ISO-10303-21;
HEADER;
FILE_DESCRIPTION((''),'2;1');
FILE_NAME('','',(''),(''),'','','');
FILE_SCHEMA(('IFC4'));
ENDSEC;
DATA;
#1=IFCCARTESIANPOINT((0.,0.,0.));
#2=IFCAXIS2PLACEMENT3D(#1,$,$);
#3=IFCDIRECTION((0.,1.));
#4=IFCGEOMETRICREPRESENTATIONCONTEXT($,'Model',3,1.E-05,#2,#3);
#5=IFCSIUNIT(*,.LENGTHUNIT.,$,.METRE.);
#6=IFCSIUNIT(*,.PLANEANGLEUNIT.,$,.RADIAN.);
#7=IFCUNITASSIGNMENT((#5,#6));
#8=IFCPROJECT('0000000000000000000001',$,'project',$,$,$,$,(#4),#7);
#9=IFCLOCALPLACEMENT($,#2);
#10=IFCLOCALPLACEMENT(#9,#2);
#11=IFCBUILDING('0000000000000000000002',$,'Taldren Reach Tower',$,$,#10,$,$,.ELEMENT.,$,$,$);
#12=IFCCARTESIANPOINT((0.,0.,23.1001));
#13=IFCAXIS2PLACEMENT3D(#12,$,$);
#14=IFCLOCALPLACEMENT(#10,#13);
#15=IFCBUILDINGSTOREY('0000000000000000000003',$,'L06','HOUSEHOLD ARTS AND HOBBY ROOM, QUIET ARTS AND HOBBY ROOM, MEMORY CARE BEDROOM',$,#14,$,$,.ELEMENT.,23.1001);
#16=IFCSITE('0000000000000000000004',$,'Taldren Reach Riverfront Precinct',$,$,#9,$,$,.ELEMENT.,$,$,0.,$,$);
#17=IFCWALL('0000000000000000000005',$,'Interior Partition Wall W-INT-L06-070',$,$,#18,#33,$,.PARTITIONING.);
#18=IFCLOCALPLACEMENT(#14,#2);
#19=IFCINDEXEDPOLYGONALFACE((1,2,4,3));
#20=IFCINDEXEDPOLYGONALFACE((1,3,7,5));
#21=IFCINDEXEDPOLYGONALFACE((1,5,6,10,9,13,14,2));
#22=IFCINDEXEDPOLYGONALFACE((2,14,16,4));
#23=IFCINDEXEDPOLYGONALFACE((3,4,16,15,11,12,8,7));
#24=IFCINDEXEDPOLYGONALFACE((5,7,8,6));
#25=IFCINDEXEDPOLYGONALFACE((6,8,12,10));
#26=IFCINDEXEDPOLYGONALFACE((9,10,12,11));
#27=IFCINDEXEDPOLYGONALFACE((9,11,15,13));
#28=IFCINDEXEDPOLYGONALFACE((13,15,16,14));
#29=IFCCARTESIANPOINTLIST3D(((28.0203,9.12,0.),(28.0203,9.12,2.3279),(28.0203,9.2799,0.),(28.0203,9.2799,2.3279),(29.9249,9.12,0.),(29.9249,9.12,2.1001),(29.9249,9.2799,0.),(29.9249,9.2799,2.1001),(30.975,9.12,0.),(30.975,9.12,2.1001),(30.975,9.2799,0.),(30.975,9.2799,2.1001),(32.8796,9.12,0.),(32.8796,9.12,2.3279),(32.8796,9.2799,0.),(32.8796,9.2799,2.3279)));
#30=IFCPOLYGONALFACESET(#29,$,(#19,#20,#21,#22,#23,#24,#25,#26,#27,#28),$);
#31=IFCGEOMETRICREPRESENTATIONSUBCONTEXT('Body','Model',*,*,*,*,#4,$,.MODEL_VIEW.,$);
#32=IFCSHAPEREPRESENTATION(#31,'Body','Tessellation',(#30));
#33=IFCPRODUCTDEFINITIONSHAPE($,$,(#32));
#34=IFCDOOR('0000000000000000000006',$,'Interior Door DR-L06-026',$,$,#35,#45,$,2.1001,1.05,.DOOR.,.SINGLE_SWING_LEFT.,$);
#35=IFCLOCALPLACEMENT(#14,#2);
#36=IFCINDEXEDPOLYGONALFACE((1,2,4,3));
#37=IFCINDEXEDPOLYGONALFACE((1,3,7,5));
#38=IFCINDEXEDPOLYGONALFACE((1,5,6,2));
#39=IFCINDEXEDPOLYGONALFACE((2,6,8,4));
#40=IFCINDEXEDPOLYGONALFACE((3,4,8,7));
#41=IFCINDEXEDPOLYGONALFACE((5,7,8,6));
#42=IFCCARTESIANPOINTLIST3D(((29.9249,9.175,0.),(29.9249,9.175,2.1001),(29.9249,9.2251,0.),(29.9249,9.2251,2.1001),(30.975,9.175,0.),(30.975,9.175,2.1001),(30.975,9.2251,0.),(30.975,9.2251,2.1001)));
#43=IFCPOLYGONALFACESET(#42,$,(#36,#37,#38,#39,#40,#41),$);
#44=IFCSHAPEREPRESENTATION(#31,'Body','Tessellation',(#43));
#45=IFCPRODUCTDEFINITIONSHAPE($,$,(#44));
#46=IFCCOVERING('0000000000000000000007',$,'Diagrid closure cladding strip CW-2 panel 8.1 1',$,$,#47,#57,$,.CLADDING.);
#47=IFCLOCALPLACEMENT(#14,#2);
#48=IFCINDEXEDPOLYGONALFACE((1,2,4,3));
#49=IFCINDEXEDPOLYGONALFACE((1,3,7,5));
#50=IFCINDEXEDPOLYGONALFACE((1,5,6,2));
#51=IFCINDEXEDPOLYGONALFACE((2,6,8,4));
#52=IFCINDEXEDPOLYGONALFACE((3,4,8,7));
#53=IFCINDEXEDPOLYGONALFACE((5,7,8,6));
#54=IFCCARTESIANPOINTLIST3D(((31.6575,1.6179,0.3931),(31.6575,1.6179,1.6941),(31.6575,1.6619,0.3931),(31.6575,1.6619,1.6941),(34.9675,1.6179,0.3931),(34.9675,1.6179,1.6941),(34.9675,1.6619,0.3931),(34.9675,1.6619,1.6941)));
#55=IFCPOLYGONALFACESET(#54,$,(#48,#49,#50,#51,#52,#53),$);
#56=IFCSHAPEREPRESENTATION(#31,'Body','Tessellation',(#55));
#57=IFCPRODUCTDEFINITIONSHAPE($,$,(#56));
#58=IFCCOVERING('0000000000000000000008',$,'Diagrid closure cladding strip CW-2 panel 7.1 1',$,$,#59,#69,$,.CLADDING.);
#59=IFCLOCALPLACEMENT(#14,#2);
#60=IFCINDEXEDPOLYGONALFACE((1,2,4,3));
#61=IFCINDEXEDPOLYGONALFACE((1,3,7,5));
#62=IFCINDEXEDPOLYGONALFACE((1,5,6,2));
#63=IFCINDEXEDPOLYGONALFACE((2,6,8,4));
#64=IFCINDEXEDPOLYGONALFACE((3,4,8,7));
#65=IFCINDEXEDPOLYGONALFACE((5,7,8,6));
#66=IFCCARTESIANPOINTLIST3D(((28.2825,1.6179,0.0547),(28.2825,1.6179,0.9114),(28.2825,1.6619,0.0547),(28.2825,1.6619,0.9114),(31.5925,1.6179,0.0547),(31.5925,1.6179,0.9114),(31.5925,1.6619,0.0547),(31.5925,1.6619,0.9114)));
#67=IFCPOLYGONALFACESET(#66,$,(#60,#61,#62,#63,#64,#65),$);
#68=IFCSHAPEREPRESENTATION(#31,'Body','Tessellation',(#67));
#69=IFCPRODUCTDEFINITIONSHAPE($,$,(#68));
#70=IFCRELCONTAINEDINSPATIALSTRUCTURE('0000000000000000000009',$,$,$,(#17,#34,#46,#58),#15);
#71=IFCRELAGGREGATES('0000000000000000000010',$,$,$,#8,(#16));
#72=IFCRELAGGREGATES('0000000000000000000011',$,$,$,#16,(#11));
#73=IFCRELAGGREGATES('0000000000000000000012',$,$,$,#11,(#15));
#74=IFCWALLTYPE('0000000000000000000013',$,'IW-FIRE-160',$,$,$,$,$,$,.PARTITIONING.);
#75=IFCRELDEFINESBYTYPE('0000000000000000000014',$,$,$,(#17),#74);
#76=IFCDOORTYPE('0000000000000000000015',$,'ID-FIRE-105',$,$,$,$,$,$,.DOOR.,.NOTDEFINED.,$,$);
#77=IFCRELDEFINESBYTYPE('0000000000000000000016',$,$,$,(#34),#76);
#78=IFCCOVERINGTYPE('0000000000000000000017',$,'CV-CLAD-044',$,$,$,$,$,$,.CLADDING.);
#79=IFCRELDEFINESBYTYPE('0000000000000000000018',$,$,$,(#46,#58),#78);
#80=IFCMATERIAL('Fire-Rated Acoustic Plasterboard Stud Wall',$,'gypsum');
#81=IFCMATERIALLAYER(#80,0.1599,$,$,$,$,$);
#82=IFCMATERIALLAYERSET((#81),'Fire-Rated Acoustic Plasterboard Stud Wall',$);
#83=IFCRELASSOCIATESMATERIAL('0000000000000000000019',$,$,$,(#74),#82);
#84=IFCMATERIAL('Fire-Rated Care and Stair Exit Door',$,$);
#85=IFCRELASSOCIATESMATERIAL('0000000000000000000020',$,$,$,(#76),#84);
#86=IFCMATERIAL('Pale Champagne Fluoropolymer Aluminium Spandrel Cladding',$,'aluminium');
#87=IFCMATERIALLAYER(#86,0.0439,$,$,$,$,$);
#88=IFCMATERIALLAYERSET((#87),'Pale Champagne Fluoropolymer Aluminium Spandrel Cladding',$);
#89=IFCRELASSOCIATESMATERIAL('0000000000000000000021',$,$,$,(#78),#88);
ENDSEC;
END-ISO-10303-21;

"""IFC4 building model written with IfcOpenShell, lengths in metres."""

from ifc_helpers import new_model, si_unit, direction, frame, frame_2d, origin, origin_2d, place, context, subcontext, project, spatial, rectangle, extrude, source, transform, mapped, material, layer, layer_set, type_object, element, fill, save


model = new_model("IFC4")

# Units and contexts
model_context = context("Model", 3, precision=1e-05, world=origin(), true_north=direction((0.0, 1.0)))
body_context = subcontext(model_context, "Body", "Model", "MODEL_VIEW")
ifc_project = project(units=[si_unit("LENGTHUNIT", "METRE"), si_unit("PLANEANGLEUNIT", "RADIAN")], contexts=[model_context])

# Site, building, storey
site_placement = place(None, origin())
site = spatial("IfcSite", under=ifc_project, at=site_placement, Name="Taldren Reach Riverfront Precinct", CompositionType="ELEMENT", RefElevation=0.0)
building_placement = place(site_placement, origin())
building = spatial("IfcBuilding", under=site, at=building_placement, Name="Taldren Reach Tower", CompositionType="ELEMENT")
storey_placement = place(building_placement, frame((0.0, 0.0, 23.1001)))
storey = spatial("IfcBuildingStorey", under=building, at=storey_placement, Name="L06", Description="HOUSEHOLD ARTS AND HOBBY ROOM, QUIET ARTS AND HOBBY ROOM, MEMORY CARE BEDROOM", CompositionType="ELEMENT", Elevation=23.1001)

# Shared definitions
ifc_material_1 = material(Name="Fire-Rated Acoustic Plasterboard Stud Wall", Category="gypsum")
ifc_layer_1 = layer(ifc_material_1, 0.1599)
ifc_layer_set_1 = layer_set([ifc_layer_1], Name="Fire-Rated Acoustic Plasterboard Stud Wall")
wall_type_1 = type_object("IfcWallType", Name="IW-FIRE-160", PredefinedType="PARTITIONING", material=ifc_layer_set_1)

# Wall, opening, door
shared_shape_1 = source(origin(), body_context, "Body", "SweptSolid", [
    extrude(rectangle(XDim=4.8594, YDim=0.1599, at=frame_2d((2.4297, 0.0))), origin(), (0.0, 0.0, 1.0), 2.3279),
])
wall_1_placement = place(storey_placement, frame((32.8796, 9.2, 0.0), z_axis=(0.0, 0.0, 1.0), x_axis=(-1.0, 0.0, 0.0)))
wall_1 = element("IfcWall", 1, at=wall_1_placement, inside=storey, type_object=wall_type_1, Name="Interior Partition Wall W-INT-L06-070", PredefinedType="PARTITIONING", context=body_context, shape_type="MappedRepresentation", body=[
    mapped(shared_shape_1, transform((0.0, 0.0, 0.0), scale=1.0)),
])
shared_shape_2 = source(origin(), body_context, "Body", "SweptSolid", [
    extrude(rectangle(XDim=1.05, YDim=2.1001, at=frame_2d((0.5249, 1.05))), frame((0.0, 0.0898, 0.0), z_axis=(0.0, -1.0, 0.0), x_axis=(1.0, 0.0, 0.0)), (0.0, 0.0, 1.0), 0.1799),
])
opening_1_placement = place(wall_1_placement, frame((1.9048, 0.0, 0.0)))
opening_1 = element("IfcOpeningElement", 2, at=opening_1_placement, cuts=wall_1, PredefinedType="OPENING", context=body_context, shape_type="MappedRepresentation", body=[
    mapped(shared_shape_2, transform((0.0, 0.0, 0.0), scale=1.0)),
])
ifc_material_2 = material(Name="Fire-Rated Care and Stair Exit Door")
door_type_1 = type_object("IfcDoorType", Name="ID-FIRE-105", OperationType="NOTDEFINED", PredefinedType="DOOR", material=ifc_material_2)
shared_shape_3 = source(origin(), body_context, "Body", "SweptSolid", [
    extrude(rectangle(XDim=1.05, YDim=2.1001, at=frame_2d((0.5249, 1.05))), frame((0.0, 0.0249, 0.0), z_axis=(0.0, -1.0, 0.0), x_axis=(1.0, 0.0, 0.0)), (0.0, 0.0, 1.0), 0.05),
])
door_1_placement = place(opening_1_placement, origin())
door_1 = element("IfcDoor", 3, at=door_1_placement, inside=storey, type_object=door_type_1, Name="Interior Door DR-L06-026", OperationType="SINGLE_SWING_LEFT", OverallHeight=2.1001, OverallWidth=1.05, PredefinedType="DOOR", context=body_context, shape_type="MappedRepresentation", body=[
    mapped(shared_shape_3, transform((0.0, 0.0, 0.0), scale=1.0)),
])
fill(opening_1, door_1)

# Coverings
ifc_material_3 = material(Name="Pale Champagne Fluoropolymer Aluminium Spandrel Cladding", Category="aluminium")
ifc_layer_2 = layer(ifc_material_3, 0.0439)
ifc_layer_set_2 = layer_set([ifc_layer_2], Name="Pale Champagne Fluoropolymer Aluminium Spandrel Cladding")
covering_type = type_object("IfcCoveringType", Name="CV-CLAD-044", PredefinedType="CLADDING", material=ifc_layer_set_2)
shared_shape_4 = source(origin(), body_context, "Body", "SweptSolid", [
    extrude(rectangle(XDim=3.3101, YDim=0.0439, at=origin_2d()), origin(), (0.0, 0.0, 1.0), 1.301),
])
covering_1_placement = place(storey_placement, frame((33.3125, 1.6399, 0.3931), z_axis=(0.0, 0.0, 1.0), x_axis=(1.0, 0.0, 0.0)))
element("IfcCovering", 4, at=covering_1_placement, inside=storey, type_object=covering_type, Name="Diagrid closure cladding strip CW-2 panel 8.1 1", PredefinedType="CLADDING", context=body_context, shape_type="MappedRepresentation", body=[
    mapped(shared_shape_4, transform((0.0, 0.0, 0.0), scale=1.0)),
])
shared_shape_5 = source(origin(), body_context, "Body", "SweptSolid", [
    extrude(rectangle(XDim=3.3101, YDim=0.0439, at=origin_2d()), origin(), (0.0, 0.0, 1.0), 0.8567),
])
covering_2_placement = place(storey_placement, frame((29.9375, 1.6399, 0.0547), z_axis=(0.0, 0.0, 1.0), x_axis=(1.0, 0.0, 0.0)))
element("IfcCovering", 5, at=covering_2_placement, inside=storey, type_object=covering_type, Name="Diagrid closure cladding strip CW-2 panel 7.1 1", PredefinedType="CLADDING", context=body_context, shape_type="MappedRepresentation", body=[
    mapped(shared_shape_5, transform((0.0, 0.0, 0.0), scale=1.0)),
])

save(model, "model.ifc")
